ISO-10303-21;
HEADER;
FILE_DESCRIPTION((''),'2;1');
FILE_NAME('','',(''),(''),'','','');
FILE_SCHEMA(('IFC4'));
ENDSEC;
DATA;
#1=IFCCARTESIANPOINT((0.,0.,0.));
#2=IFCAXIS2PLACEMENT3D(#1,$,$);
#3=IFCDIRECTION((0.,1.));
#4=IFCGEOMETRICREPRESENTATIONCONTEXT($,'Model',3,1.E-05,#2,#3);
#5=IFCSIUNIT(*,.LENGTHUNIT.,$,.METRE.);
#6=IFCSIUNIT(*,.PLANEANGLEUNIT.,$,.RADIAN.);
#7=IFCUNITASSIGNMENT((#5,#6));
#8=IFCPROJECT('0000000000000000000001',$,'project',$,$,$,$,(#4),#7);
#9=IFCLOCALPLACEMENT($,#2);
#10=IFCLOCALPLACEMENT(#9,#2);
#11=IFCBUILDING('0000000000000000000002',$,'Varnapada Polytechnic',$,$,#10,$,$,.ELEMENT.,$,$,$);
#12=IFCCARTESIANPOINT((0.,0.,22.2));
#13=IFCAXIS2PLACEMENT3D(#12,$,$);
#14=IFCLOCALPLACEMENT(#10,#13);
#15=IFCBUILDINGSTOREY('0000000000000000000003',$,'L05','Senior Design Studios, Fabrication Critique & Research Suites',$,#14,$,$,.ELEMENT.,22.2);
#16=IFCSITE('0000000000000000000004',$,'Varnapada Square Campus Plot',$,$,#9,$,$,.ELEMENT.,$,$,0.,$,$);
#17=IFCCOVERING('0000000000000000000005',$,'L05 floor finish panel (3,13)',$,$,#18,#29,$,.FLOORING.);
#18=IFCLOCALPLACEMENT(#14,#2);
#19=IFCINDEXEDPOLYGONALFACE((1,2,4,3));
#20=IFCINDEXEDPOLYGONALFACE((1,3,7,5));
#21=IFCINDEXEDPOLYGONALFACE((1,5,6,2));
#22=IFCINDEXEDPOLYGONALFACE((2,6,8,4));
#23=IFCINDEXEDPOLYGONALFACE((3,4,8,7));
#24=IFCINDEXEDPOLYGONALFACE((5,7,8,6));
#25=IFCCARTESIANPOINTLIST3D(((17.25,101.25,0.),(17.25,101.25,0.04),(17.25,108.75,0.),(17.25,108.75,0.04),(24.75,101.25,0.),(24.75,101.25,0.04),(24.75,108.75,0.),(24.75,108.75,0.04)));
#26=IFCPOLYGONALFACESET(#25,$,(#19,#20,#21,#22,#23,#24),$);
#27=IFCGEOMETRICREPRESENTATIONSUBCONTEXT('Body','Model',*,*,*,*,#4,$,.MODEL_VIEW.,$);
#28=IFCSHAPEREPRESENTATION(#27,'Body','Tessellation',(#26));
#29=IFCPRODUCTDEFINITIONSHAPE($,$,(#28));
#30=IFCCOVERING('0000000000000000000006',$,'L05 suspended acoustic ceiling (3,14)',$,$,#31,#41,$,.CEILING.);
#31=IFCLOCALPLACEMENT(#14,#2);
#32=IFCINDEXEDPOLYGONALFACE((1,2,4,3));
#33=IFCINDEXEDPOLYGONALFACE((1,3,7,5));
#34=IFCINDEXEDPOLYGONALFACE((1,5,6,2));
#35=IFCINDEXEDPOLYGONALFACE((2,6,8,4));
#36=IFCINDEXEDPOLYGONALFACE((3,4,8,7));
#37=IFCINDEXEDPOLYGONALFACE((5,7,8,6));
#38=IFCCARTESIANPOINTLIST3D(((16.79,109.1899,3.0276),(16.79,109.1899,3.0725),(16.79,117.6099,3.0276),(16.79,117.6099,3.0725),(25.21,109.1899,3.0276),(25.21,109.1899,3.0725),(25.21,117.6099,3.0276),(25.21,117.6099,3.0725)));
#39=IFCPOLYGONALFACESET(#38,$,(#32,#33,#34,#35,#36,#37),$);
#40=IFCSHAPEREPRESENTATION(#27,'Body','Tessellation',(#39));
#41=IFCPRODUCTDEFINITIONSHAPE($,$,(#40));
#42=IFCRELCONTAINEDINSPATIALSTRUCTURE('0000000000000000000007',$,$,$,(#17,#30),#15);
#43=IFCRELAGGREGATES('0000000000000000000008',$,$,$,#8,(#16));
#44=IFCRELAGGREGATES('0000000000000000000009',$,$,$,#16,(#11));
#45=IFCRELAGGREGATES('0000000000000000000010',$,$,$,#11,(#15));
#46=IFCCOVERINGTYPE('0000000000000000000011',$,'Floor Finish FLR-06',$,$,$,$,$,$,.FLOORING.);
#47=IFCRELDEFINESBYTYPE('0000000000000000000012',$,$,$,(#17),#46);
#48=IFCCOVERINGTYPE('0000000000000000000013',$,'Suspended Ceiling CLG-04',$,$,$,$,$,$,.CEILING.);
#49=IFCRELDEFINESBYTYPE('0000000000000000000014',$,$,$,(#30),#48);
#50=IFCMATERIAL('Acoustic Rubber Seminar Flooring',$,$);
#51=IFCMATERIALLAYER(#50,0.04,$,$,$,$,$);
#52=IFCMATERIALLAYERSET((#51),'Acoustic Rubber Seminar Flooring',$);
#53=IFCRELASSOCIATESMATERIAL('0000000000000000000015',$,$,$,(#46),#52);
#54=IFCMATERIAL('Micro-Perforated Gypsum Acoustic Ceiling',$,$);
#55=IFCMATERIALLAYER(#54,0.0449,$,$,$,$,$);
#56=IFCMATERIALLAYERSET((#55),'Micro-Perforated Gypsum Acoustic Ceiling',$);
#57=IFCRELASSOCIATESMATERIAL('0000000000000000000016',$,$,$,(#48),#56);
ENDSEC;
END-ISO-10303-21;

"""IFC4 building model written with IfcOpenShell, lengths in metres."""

from ifc_helpers import new_model, si_unit, direction, frame, origin, origin_2d, place, context, subcontext, project, spatial, rectangle, extrude, material, layer, layer_set, type_object, element, save


model = new_model("IFC4")

# Units and contexts
model_context = context("Model", 3, precision=1e-05, world=origin(), true_north=direction((0.0, 1.0)))
body_context = subcontext(model_context, "Body", "Model", "MODEL_VIEW")
ifc_project = project(units=[si_unit("LENGTHUNIT", "METRE"), si_unit("PLANEANGLEUNIT", "RADIAN")], contexts=[model_context])

# Site, building, storey
site_placement = place(None, origin())
site = spatial("IfcSite", under=ifc_project, at=site_placement, Name="Varnapada Square Campus Plot", CompositionType="ELEMENT", RefElevation=0.0)
building_placement = place(site_placement, origin())
building = spatial("IfcBuilding", under=site, at=building_placement, Name="Varnapada Polytechnic", CompositionType="ELEMENT")
storey_placement = place(building_placement, frame((0.0, 0.0, 22.2)))
storey = spatial("IfcBuildingStorey", under=building, at=storey_placement, Name="L05", Description="Senior Design Studios, Fabrication Critique & Research Suites", CompositionType="ELEMENT", Elevation=22.2)

# Coverings
ifc_material_1 = material(Name="Acoustic Rubber Seminar Flooring")
ifc_layer_1 = layer(ifc_material_1, 0.04)
ifc_layer_set_1 = layer_set([ifc_layer_1], Name="Acoustic Rubber Seminar Flooring")
covering_type_1 = type_object("IfcCoveringType", Name="Floor Finish FLR-06", PredefinedType="FLOORING", material=ifc_layer_set_1)
covering_1_placement = place(storey_placement, frame((21.0, 105.0, 0.0), z_axis=(0.0, 0.0, 1.0), x_axis=(1.0, 0.0, 0.0)))
element("IfcCovering", 1, at=covering_1_placement, inside=storey, type_object=covering_type_1, Name="L05 floor finish panel (3,13)", PredefinedType="FLOORING", context=body_context, shape_type="SweptSolid", body=[
    extrude(rectangle(XDim=7.5, YDim=7.5, at=origin_2d()), origin(), (0.0, 0.0, 1.0), 0.04),
])
ifc_material_2 = material(Name="Micro-Perforated Gypsum Acoustic Ceiling")
ifc_layer_2 = layer(ifc_material_2, 0.0449)
ifc_layer_set_2 = layer_set([ifc_layer_2], Name="Micro-Perforated Gypsum Acoustic Ceiling")
covering_type_2 = type_object("IfcCoveringType", Name="Suspended Ceiling CLG-04", PredefinedType="CEILING", material=ifc_layer_set_2)
covering_2_placement = place(storey_placement, frame((21.0, 113.3999, 3.0276), z_axis=(0.0, 0.0, 1.0), x_axis=(1.0, 0.0, 0.0)))
element("IfcCovering", 2, at=covering_2_placement, inside=storey, type_object=covering_type_2, Name="L05 suspended acoustic ceiling (3,14)", PredefinedType="CEILING", context=body_context, shape_type="SweptSolid", body=[
    extrude(rectangle(XDim=8.4199, YDim=8.4199, at=origin_2d()), origin(), (0.0, 0.0, 1.0), 0.0449),
])

save(model, "model.ifc")
